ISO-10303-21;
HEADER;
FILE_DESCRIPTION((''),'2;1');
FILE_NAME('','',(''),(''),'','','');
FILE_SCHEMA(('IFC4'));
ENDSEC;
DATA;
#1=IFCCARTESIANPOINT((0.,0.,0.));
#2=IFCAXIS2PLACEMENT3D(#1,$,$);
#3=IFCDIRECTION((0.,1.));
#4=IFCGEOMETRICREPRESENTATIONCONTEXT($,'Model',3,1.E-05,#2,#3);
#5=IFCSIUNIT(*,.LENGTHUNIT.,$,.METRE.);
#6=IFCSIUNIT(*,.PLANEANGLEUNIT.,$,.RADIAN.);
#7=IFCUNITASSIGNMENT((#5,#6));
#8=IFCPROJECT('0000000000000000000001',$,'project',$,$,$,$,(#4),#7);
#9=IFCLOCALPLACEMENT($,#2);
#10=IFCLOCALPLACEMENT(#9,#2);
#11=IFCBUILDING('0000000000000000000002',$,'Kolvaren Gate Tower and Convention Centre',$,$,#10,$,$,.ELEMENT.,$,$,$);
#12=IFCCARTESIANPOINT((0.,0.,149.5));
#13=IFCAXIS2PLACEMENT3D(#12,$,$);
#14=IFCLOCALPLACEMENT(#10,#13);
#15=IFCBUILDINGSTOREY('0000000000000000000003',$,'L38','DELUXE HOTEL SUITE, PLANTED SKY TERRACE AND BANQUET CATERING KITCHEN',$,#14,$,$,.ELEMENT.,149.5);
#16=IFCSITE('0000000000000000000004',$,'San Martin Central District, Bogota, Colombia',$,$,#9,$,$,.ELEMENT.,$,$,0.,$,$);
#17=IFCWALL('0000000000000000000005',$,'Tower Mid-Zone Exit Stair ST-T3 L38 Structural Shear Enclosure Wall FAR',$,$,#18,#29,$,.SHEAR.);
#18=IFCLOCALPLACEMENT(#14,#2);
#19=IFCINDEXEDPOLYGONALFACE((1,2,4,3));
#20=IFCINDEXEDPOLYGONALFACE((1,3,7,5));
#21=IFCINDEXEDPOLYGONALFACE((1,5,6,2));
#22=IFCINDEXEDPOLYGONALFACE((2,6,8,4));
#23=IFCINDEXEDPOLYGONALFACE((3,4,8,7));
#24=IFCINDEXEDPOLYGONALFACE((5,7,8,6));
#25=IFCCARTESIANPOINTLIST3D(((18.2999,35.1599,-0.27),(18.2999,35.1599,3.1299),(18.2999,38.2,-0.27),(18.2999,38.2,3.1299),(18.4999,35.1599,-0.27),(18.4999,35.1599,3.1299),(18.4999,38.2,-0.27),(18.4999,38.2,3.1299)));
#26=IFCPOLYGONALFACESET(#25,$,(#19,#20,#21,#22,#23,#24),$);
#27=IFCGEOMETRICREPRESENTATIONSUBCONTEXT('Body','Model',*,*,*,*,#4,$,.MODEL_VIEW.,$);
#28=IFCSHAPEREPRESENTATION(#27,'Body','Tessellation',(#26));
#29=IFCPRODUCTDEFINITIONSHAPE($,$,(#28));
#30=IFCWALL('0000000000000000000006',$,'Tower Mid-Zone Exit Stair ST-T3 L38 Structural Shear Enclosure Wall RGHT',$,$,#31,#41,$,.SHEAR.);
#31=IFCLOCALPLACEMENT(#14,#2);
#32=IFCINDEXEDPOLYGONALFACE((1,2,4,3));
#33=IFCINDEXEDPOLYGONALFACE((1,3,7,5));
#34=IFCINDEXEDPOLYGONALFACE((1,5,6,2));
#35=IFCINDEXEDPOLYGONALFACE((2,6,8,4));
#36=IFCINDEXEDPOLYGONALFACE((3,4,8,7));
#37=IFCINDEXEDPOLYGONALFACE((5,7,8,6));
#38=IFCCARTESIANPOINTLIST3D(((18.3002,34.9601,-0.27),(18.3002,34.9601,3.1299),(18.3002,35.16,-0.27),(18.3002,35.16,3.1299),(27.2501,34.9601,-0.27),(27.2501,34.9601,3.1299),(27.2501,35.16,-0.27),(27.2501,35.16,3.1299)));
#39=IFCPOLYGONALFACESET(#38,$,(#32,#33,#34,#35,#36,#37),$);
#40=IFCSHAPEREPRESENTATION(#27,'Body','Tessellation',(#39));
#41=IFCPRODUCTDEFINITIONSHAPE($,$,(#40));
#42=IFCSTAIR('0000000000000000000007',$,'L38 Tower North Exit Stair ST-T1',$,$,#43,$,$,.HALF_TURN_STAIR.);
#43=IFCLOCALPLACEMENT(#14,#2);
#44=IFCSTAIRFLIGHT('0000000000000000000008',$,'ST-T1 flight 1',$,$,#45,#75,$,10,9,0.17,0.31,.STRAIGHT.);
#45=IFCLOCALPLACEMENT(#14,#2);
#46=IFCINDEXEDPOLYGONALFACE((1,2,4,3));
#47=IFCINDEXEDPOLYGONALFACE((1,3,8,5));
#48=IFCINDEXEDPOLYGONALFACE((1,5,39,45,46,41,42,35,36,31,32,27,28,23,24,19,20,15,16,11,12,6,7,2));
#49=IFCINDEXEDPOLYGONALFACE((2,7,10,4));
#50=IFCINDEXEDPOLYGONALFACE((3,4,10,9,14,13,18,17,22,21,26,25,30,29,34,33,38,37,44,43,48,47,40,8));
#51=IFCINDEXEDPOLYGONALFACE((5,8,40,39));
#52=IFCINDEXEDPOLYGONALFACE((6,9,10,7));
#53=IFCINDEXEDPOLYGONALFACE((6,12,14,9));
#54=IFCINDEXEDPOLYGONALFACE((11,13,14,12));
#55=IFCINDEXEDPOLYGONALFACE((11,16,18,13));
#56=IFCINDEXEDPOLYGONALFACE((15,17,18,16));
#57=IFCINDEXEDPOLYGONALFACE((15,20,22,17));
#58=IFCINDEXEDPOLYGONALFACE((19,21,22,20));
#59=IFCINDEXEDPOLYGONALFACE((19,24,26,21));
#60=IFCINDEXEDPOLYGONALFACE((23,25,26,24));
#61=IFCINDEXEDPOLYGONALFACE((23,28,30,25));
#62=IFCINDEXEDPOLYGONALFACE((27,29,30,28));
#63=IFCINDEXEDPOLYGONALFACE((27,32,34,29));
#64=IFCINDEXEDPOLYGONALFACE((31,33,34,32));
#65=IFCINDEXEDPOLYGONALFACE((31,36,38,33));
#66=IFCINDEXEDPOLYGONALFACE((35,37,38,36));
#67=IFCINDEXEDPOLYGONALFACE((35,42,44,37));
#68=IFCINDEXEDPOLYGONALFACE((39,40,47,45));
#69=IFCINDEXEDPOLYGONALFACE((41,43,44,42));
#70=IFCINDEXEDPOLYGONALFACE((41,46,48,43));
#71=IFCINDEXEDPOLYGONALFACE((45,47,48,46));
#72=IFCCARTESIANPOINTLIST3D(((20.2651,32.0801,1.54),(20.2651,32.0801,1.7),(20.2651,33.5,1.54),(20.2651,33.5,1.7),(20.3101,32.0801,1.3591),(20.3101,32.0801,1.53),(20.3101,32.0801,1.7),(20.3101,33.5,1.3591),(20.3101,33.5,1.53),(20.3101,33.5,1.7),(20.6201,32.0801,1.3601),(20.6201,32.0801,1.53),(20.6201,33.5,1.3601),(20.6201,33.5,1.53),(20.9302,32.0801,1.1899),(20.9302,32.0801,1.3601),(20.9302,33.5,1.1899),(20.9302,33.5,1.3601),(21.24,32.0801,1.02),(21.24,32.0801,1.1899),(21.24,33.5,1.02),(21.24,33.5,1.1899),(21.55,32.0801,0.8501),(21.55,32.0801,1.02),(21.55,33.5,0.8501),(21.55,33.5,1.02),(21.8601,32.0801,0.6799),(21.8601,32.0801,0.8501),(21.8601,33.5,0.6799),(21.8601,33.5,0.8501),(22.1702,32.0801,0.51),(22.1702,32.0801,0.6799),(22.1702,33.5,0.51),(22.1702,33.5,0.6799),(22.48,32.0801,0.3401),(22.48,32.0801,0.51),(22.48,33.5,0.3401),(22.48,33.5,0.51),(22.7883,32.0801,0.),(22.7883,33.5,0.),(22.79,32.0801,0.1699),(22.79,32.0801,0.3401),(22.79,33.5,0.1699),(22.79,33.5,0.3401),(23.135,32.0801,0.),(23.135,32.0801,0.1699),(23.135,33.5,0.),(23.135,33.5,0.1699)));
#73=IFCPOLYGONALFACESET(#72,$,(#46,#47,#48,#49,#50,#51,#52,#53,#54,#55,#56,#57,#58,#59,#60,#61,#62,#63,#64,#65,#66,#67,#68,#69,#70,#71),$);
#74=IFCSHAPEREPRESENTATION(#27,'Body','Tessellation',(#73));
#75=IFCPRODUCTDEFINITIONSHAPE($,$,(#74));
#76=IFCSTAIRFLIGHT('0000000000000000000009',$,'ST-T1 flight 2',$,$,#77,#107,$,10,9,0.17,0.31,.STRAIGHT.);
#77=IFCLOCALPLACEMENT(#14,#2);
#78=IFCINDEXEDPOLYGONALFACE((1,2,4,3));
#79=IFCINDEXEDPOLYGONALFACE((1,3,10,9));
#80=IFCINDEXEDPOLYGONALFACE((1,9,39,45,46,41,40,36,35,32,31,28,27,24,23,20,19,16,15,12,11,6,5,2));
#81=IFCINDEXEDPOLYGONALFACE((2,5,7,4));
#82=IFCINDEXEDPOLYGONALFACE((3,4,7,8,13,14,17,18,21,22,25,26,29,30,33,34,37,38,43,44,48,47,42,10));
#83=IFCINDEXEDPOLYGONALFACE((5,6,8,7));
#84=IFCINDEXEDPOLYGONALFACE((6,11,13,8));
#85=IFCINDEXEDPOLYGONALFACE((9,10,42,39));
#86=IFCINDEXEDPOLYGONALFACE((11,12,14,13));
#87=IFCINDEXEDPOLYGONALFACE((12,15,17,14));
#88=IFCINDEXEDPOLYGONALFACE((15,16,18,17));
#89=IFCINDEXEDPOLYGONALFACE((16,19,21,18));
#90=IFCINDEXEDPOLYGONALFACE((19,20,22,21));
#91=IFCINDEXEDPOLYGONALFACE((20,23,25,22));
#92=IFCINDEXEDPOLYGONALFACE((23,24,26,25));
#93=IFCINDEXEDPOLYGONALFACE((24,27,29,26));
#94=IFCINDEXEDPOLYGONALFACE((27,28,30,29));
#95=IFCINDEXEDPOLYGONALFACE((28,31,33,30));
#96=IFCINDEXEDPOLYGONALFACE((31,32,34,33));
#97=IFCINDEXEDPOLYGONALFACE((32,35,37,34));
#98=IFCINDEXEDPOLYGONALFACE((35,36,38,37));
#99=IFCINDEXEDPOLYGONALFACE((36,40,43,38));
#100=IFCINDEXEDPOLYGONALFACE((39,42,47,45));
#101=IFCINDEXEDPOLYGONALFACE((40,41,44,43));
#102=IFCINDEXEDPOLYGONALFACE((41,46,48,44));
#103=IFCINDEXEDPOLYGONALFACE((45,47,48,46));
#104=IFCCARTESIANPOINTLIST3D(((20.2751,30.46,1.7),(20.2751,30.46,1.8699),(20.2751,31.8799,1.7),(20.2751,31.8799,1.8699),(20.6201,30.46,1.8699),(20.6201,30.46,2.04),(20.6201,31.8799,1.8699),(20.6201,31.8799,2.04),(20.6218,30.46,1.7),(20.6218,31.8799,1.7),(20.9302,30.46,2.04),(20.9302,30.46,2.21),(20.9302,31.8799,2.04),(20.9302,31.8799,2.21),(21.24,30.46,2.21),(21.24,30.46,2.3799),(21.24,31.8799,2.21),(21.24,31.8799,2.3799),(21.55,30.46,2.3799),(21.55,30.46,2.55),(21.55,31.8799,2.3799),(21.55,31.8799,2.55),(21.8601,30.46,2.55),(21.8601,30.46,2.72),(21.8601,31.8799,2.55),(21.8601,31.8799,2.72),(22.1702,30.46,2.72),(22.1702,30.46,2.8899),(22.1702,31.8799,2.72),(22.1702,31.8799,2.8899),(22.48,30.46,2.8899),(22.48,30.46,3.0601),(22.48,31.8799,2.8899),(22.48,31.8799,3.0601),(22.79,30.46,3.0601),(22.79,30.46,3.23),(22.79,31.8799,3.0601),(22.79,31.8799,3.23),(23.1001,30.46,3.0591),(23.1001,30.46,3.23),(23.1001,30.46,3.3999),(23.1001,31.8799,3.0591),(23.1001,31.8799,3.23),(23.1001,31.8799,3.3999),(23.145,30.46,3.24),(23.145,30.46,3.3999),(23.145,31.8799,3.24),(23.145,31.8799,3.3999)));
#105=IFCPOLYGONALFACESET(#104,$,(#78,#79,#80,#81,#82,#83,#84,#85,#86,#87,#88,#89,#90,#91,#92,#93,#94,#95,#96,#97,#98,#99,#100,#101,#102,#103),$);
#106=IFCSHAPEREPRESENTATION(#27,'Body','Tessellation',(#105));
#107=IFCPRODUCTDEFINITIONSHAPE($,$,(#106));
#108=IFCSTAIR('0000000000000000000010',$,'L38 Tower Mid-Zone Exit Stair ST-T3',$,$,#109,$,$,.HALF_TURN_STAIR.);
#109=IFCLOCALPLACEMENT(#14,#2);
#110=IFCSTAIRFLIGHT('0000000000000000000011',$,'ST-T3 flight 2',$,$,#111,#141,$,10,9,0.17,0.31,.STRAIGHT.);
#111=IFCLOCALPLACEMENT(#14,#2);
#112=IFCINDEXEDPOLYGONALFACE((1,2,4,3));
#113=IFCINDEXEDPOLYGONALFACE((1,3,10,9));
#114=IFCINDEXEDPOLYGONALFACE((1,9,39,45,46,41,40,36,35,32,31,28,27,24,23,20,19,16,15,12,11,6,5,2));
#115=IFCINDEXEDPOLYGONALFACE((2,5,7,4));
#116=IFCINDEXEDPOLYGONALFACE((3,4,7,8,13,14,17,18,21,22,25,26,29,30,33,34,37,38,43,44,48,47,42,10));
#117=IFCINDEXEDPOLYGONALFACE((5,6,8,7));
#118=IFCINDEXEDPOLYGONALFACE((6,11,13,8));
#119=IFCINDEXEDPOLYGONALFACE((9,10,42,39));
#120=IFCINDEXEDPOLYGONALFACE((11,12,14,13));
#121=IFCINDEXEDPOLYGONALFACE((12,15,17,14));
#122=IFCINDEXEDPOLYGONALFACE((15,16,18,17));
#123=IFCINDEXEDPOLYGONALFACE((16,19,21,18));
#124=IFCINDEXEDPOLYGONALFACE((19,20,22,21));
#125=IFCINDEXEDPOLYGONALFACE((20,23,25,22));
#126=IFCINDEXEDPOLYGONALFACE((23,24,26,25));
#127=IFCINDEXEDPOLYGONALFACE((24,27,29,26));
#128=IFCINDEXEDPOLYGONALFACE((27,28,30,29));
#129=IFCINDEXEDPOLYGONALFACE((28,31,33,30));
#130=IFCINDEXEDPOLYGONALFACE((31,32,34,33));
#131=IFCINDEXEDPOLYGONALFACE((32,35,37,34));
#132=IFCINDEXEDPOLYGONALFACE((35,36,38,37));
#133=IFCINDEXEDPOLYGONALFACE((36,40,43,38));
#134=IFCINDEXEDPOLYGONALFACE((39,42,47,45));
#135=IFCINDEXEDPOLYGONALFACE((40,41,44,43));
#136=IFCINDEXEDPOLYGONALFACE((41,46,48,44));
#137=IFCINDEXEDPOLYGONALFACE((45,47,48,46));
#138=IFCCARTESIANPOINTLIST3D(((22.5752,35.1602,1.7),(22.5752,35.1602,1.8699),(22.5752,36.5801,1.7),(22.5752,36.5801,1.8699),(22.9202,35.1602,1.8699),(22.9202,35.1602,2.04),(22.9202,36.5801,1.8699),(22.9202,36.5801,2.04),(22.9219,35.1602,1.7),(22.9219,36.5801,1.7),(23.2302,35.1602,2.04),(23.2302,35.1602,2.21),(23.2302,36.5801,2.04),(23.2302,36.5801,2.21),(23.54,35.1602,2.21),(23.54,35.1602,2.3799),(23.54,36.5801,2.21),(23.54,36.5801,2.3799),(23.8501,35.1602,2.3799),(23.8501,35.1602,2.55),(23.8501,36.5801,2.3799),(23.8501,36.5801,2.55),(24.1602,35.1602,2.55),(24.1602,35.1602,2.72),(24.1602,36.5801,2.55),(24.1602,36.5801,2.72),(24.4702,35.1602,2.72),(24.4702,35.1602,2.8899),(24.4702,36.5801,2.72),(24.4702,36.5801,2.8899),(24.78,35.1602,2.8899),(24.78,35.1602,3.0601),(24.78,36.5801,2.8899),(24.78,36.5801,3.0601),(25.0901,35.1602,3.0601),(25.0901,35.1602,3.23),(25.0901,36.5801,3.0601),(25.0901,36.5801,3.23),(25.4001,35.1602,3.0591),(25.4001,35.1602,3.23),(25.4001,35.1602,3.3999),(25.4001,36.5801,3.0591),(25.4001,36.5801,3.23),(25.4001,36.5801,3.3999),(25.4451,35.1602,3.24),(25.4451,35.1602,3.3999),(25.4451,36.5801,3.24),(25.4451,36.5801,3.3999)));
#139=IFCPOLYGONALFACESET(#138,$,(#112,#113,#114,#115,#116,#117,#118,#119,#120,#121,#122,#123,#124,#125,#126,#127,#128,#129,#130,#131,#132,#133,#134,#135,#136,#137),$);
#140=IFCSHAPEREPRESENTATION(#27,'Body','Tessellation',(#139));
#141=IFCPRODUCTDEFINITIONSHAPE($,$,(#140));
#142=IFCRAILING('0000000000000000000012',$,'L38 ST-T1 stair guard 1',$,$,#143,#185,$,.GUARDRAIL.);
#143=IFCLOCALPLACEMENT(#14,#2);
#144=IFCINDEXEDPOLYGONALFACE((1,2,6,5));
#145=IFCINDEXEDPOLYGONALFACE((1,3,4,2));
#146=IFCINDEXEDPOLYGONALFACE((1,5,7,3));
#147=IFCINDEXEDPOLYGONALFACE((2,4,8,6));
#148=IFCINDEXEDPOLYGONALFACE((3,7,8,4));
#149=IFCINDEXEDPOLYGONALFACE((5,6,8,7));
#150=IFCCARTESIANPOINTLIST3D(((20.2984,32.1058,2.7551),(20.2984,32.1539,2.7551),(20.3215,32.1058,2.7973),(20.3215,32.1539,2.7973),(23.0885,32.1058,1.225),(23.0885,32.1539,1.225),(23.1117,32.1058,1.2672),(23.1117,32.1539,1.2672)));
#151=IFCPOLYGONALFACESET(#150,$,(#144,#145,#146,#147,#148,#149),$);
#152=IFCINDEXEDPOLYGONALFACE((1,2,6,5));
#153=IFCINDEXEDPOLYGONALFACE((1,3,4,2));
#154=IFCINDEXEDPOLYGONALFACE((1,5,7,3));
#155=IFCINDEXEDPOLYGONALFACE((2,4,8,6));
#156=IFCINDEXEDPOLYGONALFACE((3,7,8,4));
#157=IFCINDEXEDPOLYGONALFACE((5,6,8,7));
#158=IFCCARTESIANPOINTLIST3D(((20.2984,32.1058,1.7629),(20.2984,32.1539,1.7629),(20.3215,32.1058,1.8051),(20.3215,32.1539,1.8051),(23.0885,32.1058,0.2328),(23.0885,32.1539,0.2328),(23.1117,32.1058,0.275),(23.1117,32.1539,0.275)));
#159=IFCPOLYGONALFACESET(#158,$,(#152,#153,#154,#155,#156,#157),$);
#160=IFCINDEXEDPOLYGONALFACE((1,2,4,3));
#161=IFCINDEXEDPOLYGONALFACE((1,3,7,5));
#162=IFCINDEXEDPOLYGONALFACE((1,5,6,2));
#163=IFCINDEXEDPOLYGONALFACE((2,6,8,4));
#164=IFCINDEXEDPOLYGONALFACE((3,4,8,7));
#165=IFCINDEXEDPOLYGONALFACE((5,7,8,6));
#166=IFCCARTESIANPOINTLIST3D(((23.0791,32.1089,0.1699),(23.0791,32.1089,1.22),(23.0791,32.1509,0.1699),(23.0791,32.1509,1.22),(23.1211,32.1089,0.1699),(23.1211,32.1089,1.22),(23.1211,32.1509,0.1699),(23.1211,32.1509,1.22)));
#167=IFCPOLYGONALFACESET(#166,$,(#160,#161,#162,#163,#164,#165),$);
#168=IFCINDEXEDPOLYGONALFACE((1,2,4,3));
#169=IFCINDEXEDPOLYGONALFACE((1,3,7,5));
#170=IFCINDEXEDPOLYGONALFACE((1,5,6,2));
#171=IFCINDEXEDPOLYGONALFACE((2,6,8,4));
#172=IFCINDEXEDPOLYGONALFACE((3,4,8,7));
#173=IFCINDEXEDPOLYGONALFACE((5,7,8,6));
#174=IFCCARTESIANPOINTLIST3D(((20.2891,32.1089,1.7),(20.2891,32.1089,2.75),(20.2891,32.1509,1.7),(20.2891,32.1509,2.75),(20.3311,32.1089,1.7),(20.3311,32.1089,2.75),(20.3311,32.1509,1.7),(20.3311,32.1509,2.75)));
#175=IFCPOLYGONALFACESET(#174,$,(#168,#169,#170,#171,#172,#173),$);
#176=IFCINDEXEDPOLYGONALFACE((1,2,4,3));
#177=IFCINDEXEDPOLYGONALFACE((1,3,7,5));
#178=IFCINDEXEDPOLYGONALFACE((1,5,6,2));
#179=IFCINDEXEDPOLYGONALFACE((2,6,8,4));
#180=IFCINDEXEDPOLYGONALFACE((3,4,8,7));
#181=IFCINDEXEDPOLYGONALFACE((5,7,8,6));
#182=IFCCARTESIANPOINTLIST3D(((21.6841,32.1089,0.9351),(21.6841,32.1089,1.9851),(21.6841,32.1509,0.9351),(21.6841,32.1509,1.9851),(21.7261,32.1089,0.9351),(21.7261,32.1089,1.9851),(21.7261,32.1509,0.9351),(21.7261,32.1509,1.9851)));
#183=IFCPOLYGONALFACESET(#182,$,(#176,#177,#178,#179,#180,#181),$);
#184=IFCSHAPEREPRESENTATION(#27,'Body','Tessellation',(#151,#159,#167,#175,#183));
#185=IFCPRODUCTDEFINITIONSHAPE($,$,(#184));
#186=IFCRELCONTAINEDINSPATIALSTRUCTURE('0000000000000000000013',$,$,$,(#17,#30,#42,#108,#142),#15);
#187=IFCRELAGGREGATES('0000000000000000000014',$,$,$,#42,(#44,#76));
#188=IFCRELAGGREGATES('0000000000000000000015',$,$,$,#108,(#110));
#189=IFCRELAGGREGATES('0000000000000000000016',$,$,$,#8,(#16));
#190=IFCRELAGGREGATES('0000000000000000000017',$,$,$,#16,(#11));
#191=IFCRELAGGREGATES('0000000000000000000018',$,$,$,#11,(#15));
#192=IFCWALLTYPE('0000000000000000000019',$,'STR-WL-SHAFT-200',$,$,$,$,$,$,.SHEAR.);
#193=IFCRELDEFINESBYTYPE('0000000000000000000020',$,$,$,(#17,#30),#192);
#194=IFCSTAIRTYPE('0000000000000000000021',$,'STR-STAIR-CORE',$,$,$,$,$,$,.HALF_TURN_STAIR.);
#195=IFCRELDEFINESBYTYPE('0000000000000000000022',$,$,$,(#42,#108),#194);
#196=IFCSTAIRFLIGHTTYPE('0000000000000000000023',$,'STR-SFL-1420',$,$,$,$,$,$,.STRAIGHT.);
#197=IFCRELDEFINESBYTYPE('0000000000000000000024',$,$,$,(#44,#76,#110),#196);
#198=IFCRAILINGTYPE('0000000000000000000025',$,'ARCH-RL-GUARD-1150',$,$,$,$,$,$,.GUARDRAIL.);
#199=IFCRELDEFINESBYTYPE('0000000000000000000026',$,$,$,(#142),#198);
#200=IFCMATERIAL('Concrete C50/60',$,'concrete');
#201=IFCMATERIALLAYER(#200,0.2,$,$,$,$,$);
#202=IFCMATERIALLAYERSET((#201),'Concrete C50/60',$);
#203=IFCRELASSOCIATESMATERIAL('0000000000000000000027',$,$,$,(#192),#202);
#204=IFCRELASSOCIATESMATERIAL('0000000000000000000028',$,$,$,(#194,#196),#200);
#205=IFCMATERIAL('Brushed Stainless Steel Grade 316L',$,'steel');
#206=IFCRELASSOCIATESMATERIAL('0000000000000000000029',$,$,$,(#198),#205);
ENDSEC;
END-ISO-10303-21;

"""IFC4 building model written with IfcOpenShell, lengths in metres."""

from ifc_helpers import new_model, si_unit, direction, frame, frame_2d, origin, origin_2d, place, context, subcontext, project, spatial, polyline, rectangle, outline, extrude, material, layer, layer_set, type_object, element, aggregate, save


model = new_model("IFC4")

# Units and contexts
model_context = context("Model", 3, precision=1e-05, world=origin(), true_north=direction((0.0, 1.0)))
body_context = subcontext(model_context, "Body", "Model", "MODEL_VIEW")
ifc_project = project(units=[si_unit("LENGTHUNIT", "METRE"), si_unit("PLANEANGLEUNIT", "RADIAN")], contexts=[model_context])

# Site, building, storey
site_placement = place(None, origin())
site = spatial("IfcSite", under=ifc_project, at=site_placement, Name="San Martin Central District, Bogota, Colombia", CompositionType="ELEMENT", RefElevation=0.0)
building_placement = place(site_placement, origin())
building = spatial("IfcBuilding", under=site, at=building_placement, Name="Kolvaren Gate Tower and Convention Centre", CompositionType="ELEMENT")
storey_placement = place(building_placement, frame((0.0, 0.0, 149.5)))
storey = spatial("IfcBuildingStorey", under=building, at=storey_placement, Name="L38", Description="DELUXE HOTEL SUITE, PLANTED SKY TERRACE AND BANQUET CATERING KITCHEN", CompositionType="ELEMENT", Elevation=149.5)

# Shared definitions
ifc_material_1 = material(Name="Brushed Stainless Steel Grade 316L", Category="steel")
ifc_material_2 = material(Name="Concrete C50/60", Category="concrete")
ifc_layer_1 = layer(ifc_material_2, 0.2)
ifc_layer_set_1 = layer_set([ifc_layer_1], Name="Concrete C50/60")
wall_type_1 = type_object("IfcWallType", Name="STR-WL-SHAFT-200", PredefinedType="SHEAR", material=ifc_layer_set_1)

# Walls
wall_1_placement = place(storey_placement, frame((18.3999, 35.1599, -0.27), z_axis=(0.0, 0.0, 1.0), x_axis=(0.0, 1.0, 0.0)))
element("IfcWall", 1, at=wall_1_placement, inside=storey, type_object=wall_type_1, Name="Tower Mid-Zone Exit Stair ST-T3 L38 Structural Shear Enclosure Wall FAR", PredefinedType="SHEAR", context=body_context, shape_type="SweptSolid", body=[
    extrude(rectangle(XDim=3.04, YDim=0.2, at=frame_2d((1.52, 0.0))), origin(), (0.0, 0.0, 1.0), 3.3999),
])
wall_2_placement = place(storey_placement, frame((18.3, 35.0601, -0.27), z_axis=(0.0, 0.0, 1.0), x_axis=(1.0, 0.0, 0.0)))
element("IfcWall", 2, at=wall_2_placement, inside=storey, type_object=wall_type_1, Name="Tower Mid-Zone Exit Stair ST-T3 L38 Structural Shear Enclosure Wall RGHT", PredefinedType="SHEAR", context=body_context, shape_type="SweptSolid", body=[
    extrude(rectangle(XDim=8.95, YDim=0.2, at=frame_2d((4.4751, 0.0))), origin(), (0.0, 0.0, 1.0), 3.3999),
])

# Stair, stair flights
stair_type = type_object("IfcStairType", Name="STR-STAIR-CORE", PredefinedType="HALF_TURN_STAIR", material=ifc_material_2)
stair_1_placement = place(storey_placement, origin())
stair_1 = element("IfcStair", 3, at=stair_1_placement, inside=storey, type_object=stair_type, Name="L38 Tower North Exit Stair ST-T1", PredefinedType="HALF_TURN_STAIR")
stair_flight_type = type_object("IfcStairFlightType", Name="STR-SFL-1420", PredefinedType="STRAIGHT", material=ifc_material_2)
stair_flight_1_placement = place(storey_placement, frame((23.1001, 32.79, 0.0), z_axis=(0.0, 0.0, 1.0), x_axis=(-1.0, 0.0, 0.0)))
stair_flight_1 = element("IfcStairFlight", 4, at=stair_flight_1_placement, type_object=stair_flight_type, Name="ST-T1 flight 1", NumberOfRisers=10, NumberOfTreads=9, PredefinedType="STRAIGHT", RiserHeight=0.17, TreadLength=0.31, context=body_context, shape_type="SweptSolid", body=[
    extrude(outline(polyline([(-0.0349, 0.0), (-0.0349, 0.1699), (0.3101, 0.1699), (0.3101, 0.3401), (0.6201, 0.3401), (0.6201, 0.51), (0.9299, 0.51), (0.9299, 0.6799), (1.24, 0.6799), (1.24, 0.8501), (1.55, 0.8501), (1.55, 1.02), (1.8601, 1.02), (1.8601, 1.1899), (2.1699, 1.1899), (2.1699, 1.3601), (2.48, 1.3601), (2.48, 1.53), (2.79, 1.53), (2.79, 1.7), (2.835, 1.7), (2.835, 1.54), (2.79, 1.3591), (0.3118, 0.0), (-0.0349, 0.0)])), frame((0.0, 0.71, 0.0), z_axis=(0.0, -1.0, 0.0), x_axis=(1.0, 0.0, 0.0)), (0.0, 0.0, 1.0), 1.4199),
])
stair_flight_2_placement = place(storey_placement, frame((20.3101, 31.1699, 1.7), z_axis=(0.0, 0.0, 1.0), x_axis=(1.0, 0.0, 0.0)))
stair_flight_2 = element("IfcStairFlight", 5, at=stair_flight_2_placement, type_object=stair_flight_type, Name="ST-T1 flight 2", NumberOfRisers=10, NumberOfTreads=9, PredefinedType="STRAIGHT", RiserHeight=0.17, TreadLength=0.31, context=body_context, shape_type="SweptSolid", body=[
    extrude(outline(polyline([(-0.0349, 0.0), (-0.0349, 0.1699), (0.3101, 0.1699), (0.3101, 0.3401), (0.6201, 0.3401), (0.6201, 0.51), (0.9299, 0.51), (0.9299, 0.6799), (1.24, 0.6799), (1.24, 0.8501), (1.55, 0.8501), (1.55, 1.02), (1.8601, 1.02), (1.8601, 1.1899), (2.1699, 1.1899), (2.1699, 1.3601), (2.48, 1.3601), (2.48, 1.53), (2.79, 1.53), (2.79, 1.7), (2.835, 1.7), (2.835, 1.54), (2.79, 1.3591), (0.3118, 0.0), (-0.0349, 0.0)])), frame((0.0, 0.71, 0.0), z_axis=(0.0, -1.0, 0.0), x_axis=(1.0, 0.0, 0.0)), (0.0, 0.0, 1.0), 1.4199),
])
aggregate(stair_1, [stair_flight_1, stair_flight_2])

# Stair, stair flight
stair_2_placement = place(storey_placement, origin())
stair_2 = element("IfcStair", 6, at=stair_2_placement, inside=storey, type_object=stair_type, Name="L38 Tower Mid-Zone Exit Stair ST-T3", PredefinedType="HALF_TURN_STAIR")
stair_flight_3_placement = place(storey_placement, frame((22.6101, 35.8701, 1.7), z_axis=(0.0, 0.0, 1.0), x_axis=(1.0, 0.0, 0.0)))
stair_flight_3 = element("IfcStairFlight", 7, at=stair_flight_3_placement, type_object=stair_flight_type, Name="ST-T3 flight 2", NumberOfRisers=10, NumberOfTreads=9, PredefinedType="STRAIGHT", RiserHeight=0.17, TreadLength=0.31, context=body_context, shape_type="SweptSolid", body=[
    extrude(outline(polyline([(-0.0349, 0.0), (-0.0349, 0.1699), (0.3101, 0.1699), (0.3101, 0.3401), (0.6201, 0.3401), (0.6201, 0.51), (0.9299, 0.51), (0.9299, 0.6799), (1.24, 0.6799), (1.24, 0.8501), (1.55, 0.8501), (1.55, 1.02), (1.8601, 1.02), (1.8601, 1.1899), (2.1699, 1.1899), (2.1699, 1.3601), (2.48, 1.3601), (2.48, 1.53), (2.79, 1.53), (2.79, 1.7), (2.835, 1.7), (2.835, 1.54), (2.79, 1.3591), (0.3118, 0.0), (-0.0349, 0.0)])), frame((0.0, 0.71, 0.0), z_axis=(0.0, -1.0, 0.0), x_axis=(1.0, 0.0, 0.0)), (0.0, 0.0, 1.0), 1.4199),
])
aggregate(stair_2, [stair_flight_3])

# Railing
railing_type_1 = type_object("IfcRailingType", Name="ARCH-RL-GUARD-1150", PredefinedType="GUARDRAIL", material=ifc_material_1)
railing_1_placement = place(storey_placement, frame((23.1001, 32.1299, 0.1699)))
element("IfcRailing", 8, at=railing_1_placement, inside=storey, type_object=railing_type_1, Name="L38 ST-T1 stair guard 1", PredefinedType="GUARDRAIL", context=body_context, shape_type="SweptSolid", body=[
    extrude(rectangle(XDim=0.0481, YDim=0.0481, at=origin_2d()), frame((0.0, 0.0, 1.0762), z_axis=(-0.876811, 0.0, 0.480835), x_axis=(0.0, -1.0, 0.0)), (0.0, 0.0, 1.0), 3.1821),
    extrude(rectangle(XDim=0.0481, YDim=0.0481, at=origin_2d()), frame((0.0, 0.0, 0.084), z_axis=(-0.876811, 0.0, 0.480835), x_axis=(0.0, -1.0, 0.0)), (0.0, 0.0, 1.0), 3.1821),
    extrude(rectangle(XDim=0.042, YDim=0.042, at=origin_2d()), origin(), (0.0, 0.0, 1.0), 1.05),
    extrude(rectangle(XDim=0.042, YDim=0.042, at=origin_2d()), frame((-2.79, 0.0, 1.53)), (0.0, 0.0, 1.0), 1.05),
    extrude(rectangle(XDim=0.042, YDim=0.042, at=origin_2d()), frame((-1.395, 0.0, 0.7651)), (0.0, 0.0, 1.0), 1.05),
])

save(model, "model.ifc")
